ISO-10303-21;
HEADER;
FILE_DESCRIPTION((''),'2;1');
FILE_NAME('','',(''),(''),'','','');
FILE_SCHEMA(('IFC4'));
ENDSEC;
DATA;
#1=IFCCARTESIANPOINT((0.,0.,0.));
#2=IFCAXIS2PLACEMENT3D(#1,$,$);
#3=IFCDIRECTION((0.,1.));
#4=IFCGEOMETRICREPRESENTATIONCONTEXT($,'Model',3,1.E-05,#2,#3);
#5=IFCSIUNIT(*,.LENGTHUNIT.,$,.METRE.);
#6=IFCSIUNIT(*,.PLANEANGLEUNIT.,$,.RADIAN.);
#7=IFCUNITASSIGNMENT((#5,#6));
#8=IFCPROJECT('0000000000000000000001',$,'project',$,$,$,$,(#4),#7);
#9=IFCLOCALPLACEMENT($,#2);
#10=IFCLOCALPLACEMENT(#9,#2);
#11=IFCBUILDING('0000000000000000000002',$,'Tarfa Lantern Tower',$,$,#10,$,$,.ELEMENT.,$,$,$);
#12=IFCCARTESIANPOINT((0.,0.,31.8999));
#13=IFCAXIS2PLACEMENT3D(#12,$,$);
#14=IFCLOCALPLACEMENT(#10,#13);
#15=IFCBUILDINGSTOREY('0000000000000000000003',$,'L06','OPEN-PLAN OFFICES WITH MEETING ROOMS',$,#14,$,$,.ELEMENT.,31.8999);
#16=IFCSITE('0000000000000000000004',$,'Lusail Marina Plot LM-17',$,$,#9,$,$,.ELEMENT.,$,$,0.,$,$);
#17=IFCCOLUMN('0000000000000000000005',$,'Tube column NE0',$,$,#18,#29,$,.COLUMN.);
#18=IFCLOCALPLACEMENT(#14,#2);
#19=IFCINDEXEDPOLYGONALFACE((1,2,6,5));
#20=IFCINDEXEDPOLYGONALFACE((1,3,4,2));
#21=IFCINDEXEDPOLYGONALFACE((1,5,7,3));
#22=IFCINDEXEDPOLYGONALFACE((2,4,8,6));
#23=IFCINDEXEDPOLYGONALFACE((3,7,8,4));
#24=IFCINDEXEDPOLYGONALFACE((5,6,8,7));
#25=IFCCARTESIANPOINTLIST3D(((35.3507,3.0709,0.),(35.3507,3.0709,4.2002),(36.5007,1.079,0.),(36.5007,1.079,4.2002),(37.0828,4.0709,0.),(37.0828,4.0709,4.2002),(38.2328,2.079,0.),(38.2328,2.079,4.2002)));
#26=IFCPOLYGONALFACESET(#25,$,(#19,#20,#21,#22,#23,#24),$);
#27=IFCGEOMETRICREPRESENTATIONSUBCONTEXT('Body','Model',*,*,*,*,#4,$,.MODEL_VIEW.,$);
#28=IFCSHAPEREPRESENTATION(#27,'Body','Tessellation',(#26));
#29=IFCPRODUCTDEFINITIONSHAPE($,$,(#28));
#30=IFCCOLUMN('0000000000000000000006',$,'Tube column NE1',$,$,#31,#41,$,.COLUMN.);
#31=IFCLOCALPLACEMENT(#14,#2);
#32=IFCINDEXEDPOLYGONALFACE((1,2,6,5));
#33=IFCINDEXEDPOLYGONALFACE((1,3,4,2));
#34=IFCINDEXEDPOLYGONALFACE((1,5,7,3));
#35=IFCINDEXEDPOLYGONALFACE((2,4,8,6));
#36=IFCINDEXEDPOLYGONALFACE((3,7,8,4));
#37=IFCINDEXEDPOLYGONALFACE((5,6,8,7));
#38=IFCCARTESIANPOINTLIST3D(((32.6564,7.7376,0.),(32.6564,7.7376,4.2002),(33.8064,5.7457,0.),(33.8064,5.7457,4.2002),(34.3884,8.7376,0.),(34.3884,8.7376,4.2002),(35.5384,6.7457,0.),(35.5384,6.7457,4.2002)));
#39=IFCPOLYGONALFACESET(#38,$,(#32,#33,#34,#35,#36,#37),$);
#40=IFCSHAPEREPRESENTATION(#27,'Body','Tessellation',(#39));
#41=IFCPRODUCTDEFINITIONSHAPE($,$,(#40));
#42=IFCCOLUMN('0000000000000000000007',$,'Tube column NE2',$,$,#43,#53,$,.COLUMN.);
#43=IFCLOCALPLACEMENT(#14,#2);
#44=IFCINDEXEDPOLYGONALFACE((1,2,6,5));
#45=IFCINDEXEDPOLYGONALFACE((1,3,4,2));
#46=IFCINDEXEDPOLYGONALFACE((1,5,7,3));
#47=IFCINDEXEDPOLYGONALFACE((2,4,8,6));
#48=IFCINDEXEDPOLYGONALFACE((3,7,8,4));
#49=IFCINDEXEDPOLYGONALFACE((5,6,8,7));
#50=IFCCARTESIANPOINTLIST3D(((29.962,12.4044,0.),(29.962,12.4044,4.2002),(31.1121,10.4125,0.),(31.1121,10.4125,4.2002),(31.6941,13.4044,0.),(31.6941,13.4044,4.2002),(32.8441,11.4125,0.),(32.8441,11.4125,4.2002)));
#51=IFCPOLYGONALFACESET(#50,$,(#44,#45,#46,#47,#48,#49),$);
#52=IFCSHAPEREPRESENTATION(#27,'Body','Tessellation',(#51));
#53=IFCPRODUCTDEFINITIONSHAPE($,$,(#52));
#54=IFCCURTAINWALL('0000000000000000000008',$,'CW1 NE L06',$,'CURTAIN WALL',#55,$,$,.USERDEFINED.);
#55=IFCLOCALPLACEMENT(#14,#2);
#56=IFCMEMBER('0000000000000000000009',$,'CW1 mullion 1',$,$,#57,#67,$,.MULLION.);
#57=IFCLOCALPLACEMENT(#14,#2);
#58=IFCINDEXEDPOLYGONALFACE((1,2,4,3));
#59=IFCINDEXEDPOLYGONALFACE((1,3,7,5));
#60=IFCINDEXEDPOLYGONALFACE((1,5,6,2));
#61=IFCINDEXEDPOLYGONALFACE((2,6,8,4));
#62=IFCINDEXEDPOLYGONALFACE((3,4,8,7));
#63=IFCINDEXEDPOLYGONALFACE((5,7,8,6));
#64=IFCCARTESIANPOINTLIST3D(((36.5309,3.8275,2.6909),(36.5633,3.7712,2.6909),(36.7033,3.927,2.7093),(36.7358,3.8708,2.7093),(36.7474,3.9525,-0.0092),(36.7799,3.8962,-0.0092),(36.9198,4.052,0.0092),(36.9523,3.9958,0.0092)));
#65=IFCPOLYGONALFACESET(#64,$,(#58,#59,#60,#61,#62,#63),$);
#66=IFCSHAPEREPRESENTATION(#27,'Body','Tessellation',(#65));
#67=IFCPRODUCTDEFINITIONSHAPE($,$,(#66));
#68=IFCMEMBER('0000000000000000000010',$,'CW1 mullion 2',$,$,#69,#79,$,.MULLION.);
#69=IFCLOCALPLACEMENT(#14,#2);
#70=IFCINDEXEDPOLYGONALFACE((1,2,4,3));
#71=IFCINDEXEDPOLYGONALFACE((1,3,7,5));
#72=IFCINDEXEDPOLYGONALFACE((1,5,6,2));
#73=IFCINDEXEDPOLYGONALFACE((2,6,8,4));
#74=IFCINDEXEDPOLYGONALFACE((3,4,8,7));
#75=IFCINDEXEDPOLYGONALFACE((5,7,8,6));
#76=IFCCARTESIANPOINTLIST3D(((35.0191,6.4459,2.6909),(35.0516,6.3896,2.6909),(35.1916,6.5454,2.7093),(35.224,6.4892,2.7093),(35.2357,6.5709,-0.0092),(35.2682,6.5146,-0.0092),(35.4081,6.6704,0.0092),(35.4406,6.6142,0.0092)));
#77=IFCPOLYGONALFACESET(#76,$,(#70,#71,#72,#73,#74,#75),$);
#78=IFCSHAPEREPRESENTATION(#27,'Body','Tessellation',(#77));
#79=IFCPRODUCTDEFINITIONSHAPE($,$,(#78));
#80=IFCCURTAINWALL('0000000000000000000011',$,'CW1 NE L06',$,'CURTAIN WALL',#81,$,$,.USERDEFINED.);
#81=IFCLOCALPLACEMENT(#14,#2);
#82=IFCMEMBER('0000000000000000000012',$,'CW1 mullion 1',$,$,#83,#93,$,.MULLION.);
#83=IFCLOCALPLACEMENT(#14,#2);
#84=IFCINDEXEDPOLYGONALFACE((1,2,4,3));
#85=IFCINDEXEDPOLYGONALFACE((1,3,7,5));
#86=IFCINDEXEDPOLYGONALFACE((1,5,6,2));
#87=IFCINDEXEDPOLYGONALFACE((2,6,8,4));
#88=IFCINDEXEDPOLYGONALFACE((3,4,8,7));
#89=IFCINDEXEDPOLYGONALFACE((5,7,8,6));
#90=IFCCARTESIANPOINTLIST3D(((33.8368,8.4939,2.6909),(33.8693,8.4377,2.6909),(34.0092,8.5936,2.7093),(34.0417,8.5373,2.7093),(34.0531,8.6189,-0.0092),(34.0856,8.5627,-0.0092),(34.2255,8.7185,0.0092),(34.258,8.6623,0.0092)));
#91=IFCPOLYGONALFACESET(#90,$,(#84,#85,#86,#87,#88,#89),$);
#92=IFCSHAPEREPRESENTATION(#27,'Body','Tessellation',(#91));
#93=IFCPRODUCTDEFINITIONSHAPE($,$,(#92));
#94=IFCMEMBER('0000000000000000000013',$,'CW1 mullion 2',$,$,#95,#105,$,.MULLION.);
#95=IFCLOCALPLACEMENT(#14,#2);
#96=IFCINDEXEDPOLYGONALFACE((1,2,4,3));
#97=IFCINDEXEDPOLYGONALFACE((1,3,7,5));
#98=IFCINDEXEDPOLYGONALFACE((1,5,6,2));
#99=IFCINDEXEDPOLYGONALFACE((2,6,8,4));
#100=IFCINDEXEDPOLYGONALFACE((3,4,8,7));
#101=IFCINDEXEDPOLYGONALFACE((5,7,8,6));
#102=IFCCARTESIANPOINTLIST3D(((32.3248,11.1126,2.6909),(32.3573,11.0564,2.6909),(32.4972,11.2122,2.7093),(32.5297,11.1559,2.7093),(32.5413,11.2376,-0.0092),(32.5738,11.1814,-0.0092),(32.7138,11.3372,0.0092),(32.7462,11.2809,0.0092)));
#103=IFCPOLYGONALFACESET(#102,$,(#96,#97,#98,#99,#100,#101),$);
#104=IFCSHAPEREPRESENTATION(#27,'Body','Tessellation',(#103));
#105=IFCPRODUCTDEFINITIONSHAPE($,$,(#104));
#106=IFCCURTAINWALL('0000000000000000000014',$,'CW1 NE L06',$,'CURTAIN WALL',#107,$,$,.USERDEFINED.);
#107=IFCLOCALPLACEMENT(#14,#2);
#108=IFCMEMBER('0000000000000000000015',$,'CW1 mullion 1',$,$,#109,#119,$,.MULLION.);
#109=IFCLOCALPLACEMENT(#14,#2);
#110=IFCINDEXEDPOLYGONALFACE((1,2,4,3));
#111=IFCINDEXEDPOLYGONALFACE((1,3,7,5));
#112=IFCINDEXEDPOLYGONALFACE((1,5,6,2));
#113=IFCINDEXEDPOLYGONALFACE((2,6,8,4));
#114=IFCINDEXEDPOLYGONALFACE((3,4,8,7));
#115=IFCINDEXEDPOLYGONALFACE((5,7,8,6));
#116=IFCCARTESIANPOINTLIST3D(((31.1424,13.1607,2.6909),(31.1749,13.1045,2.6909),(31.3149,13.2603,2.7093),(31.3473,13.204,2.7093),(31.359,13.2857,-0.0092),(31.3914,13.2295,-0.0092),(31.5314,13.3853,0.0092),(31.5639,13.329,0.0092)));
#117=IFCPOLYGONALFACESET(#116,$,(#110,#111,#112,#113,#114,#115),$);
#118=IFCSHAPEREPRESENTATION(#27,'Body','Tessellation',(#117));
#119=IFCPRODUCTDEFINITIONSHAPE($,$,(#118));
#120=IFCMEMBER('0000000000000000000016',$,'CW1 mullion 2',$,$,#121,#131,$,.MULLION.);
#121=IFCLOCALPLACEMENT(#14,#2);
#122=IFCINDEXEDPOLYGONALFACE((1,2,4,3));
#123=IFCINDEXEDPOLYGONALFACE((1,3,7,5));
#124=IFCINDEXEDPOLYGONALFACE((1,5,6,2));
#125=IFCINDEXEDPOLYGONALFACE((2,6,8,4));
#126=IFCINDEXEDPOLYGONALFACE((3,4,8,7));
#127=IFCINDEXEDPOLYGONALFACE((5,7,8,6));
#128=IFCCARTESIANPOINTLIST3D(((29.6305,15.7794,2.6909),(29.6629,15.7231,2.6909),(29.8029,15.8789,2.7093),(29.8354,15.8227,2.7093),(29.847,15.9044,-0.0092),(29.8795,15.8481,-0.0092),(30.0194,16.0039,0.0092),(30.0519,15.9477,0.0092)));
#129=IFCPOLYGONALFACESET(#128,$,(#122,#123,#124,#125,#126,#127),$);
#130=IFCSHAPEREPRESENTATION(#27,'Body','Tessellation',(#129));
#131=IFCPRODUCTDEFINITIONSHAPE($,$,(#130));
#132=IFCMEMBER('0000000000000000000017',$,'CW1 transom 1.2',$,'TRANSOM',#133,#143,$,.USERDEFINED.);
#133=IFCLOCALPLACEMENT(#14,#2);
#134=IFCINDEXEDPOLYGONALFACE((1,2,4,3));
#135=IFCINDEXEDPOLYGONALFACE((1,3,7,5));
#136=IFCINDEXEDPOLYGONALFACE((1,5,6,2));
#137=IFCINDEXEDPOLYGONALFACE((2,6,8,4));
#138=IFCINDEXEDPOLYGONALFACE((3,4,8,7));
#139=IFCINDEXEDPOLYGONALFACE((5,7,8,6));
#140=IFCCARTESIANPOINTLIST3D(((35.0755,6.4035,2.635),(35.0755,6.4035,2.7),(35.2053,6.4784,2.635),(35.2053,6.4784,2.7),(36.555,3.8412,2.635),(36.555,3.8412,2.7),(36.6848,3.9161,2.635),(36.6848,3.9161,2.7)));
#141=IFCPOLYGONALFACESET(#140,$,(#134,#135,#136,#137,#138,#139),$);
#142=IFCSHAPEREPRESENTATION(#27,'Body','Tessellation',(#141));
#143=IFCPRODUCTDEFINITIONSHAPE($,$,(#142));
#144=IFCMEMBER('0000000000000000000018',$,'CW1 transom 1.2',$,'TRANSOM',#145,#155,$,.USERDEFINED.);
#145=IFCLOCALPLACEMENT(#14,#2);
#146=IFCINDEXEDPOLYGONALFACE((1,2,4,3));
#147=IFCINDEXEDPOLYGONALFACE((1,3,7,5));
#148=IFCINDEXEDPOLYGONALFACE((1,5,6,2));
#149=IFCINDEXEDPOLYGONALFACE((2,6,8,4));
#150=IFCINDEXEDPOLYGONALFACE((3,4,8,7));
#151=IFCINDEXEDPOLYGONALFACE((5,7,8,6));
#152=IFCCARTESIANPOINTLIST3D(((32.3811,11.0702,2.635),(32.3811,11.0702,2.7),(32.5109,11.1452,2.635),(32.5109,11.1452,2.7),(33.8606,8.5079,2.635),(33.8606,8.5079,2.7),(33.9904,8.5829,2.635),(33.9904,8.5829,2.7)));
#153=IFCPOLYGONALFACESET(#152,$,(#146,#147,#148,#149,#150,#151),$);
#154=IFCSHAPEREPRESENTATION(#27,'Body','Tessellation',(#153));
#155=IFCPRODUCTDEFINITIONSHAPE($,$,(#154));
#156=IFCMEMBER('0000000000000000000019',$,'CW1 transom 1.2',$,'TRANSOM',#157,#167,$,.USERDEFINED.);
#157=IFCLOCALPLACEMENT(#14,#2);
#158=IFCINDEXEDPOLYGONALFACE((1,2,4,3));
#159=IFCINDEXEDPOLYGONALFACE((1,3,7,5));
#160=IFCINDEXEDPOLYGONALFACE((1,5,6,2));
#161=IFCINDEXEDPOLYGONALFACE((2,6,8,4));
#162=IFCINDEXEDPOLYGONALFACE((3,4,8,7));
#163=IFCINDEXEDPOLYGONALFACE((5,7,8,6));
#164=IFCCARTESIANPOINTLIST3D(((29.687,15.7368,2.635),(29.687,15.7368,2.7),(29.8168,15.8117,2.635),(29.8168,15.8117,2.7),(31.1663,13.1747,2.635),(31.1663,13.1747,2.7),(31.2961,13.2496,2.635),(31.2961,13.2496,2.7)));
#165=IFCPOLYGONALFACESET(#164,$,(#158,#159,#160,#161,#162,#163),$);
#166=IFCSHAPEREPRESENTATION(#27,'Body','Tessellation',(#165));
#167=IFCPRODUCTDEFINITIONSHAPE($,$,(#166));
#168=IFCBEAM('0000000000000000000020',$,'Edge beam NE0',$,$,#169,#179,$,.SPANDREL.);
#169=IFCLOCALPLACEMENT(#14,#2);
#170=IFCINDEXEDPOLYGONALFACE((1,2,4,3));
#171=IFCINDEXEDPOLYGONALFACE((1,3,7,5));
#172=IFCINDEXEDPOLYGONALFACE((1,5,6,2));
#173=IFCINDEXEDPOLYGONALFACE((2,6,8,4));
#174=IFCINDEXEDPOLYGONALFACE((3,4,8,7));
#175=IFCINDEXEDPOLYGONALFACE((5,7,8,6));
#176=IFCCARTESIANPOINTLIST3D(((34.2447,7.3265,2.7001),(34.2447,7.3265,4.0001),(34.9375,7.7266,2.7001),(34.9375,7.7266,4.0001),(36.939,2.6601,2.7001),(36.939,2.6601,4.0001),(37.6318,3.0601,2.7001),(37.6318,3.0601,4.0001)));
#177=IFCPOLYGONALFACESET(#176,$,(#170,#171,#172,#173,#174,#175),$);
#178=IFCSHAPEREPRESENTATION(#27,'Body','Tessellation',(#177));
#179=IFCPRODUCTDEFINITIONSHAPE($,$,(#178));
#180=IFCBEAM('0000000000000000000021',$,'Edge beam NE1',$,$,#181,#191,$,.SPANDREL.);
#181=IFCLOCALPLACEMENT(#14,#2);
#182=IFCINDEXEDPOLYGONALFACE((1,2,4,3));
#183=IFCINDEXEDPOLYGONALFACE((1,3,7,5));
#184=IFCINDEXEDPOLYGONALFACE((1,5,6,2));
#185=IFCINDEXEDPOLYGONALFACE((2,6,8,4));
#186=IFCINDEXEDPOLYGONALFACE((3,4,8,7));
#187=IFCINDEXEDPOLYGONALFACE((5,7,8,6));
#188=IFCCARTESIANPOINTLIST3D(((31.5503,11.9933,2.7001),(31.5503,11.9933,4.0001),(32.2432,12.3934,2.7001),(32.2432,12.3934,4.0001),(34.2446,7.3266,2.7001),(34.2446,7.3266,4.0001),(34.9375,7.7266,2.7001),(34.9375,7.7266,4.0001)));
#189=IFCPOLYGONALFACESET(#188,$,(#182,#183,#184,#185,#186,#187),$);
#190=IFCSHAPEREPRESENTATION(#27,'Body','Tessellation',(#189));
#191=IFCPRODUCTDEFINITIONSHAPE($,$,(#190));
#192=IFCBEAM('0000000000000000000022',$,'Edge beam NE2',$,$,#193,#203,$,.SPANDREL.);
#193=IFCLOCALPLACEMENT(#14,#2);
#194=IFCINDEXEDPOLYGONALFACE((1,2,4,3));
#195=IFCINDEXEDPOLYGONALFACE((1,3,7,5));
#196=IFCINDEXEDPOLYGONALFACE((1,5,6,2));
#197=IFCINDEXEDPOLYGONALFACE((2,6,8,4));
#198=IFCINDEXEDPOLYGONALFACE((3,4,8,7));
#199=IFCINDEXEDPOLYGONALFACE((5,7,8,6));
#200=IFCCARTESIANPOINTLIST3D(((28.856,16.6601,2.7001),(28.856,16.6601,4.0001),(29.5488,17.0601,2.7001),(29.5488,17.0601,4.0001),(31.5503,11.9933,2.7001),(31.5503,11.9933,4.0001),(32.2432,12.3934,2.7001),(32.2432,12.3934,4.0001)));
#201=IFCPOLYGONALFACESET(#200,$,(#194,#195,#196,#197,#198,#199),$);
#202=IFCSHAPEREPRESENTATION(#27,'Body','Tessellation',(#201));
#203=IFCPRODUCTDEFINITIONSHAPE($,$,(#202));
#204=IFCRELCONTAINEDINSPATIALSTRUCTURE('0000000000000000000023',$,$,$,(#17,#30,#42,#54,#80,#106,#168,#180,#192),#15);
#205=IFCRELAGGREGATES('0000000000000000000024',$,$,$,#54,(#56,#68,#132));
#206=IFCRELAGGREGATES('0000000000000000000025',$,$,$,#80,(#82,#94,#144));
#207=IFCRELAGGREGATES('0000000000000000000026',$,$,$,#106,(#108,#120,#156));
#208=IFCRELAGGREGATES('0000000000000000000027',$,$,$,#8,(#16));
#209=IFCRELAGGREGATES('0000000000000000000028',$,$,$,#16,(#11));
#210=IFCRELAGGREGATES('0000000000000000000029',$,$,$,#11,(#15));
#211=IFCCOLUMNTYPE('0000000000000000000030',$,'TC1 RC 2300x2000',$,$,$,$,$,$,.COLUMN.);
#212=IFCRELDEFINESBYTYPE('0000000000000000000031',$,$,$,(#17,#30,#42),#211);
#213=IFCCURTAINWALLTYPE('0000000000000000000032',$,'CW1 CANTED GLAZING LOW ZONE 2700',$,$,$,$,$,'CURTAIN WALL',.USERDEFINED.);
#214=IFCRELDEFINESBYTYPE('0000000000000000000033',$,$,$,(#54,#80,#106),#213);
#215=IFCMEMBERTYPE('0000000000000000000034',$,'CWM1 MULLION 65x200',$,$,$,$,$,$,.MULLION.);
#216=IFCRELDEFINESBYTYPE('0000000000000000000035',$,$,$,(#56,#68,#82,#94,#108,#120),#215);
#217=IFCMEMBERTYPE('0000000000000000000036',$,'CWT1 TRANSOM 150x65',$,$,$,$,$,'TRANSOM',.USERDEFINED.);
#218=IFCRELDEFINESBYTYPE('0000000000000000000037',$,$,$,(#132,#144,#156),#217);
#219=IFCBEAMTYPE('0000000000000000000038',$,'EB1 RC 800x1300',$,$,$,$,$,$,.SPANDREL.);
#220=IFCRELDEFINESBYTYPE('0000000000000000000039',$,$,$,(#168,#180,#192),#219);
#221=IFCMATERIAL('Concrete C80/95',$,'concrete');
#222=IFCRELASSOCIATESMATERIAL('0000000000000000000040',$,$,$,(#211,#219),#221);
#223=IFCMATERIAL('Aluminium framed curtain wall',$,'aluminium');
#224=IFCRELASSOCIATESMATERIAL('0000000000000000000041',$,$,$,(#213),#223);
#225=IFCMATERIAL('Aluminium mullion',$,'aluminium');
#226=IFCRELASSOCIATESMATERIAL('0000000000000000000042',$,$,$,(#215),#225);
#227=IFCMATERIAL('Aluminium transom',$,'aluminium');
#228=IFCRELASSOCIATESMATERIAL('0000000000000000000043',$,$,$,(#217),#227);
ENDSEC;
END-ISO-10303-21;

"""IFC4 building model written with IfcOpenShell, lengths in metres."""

from ifc_helpers import new_model, si_unit, direction, frame, origin, origin_2d, place, context, subcontext, project, spatial, rectangle, extrude, material, material_profile, profile_set, type_object, element, aggregate, save


model = new_model("IFC4")

# Units and contexts
model_context = context("Model", 3, precision=1e-05, world=origin(), true_north=direction((0.0, 1.0)))
body_context = subcontext(model_context, "Body", "Model", "MODEL_VIEW")
ifc_project = project(units=[si_unit("LENGTHUNIT", "METRE"), si_unit("PLANEANGLEUNIT", "RADIAN")], contexts=[model_context])

# Site, building, storey
site_placement = place(None, origin())
site = spatial("IfcSite", under=ifc_project, at=site_placement, Name="Lusail Marina Plot LM-17", CompositionType="ELEMENT", RefElevation=0.0)
building_placement = place(site_placement, origin())
building = spatial("IfcBuilding", under=site, at=building_placement, Name="Tarfa Lantern Tower", CompositionType="ELEMENT")
storey_placement = place(building_placement, frame((0.0, 0.0, 31.8999)))
storey = spatial("IfcBuildingStorey", under=building, at=storey_placement, Name="L06", Description="OPEN-PLAN OFFICES WITH MEETING ROOMS", CompositionType="ELEMENT", Elevation=31.8999)

# Columns
ifc_material_1 = material(Name="Concrete C80/95", Category="concrete")
ifc_material_profile_1 = material_profile(ifc_material_1, rectangle(XDim=2.3, YDim=2.0, at=origin_2d()), Name="RC 2300x2000")
ifc_profile_set_1 = profile_set([ifc_material_profile_1], Name="Concrete C80/95")
column_type = type_object("IfcColumnType", Name="TC1 RC 2300x2000", PredefinedType="COLUMN", material=ifc_profile_set_1)
for number, where, z_axis, x_axis, name in (
    (1, (36.7917, 2.575, 0.0), (0.0, 0.0, 1.0), (-0.5, 0.866025, 0.0), "Tube column NE0"),
    (2, (34.0974, 7.2417, 0.0), (0.0, 0.0, 1.0), (-0.5, 0.866025, 0.0), "Tube column NE1"),
    (3, (31.4031, 11.9084, 0.0), (0.0, 0.0, 1.0), (-0.5, 0.866025, 0.0), "Tube column NE2"),
):
    element("IfcColumn", number, at=place(storey_placement, frame(where, z_axis=z_axis, x_axis=x_axis)), inside=storey, type_object=column_type, Name=name, PredefinedType="COLUMN", context=body_context, shape_type="SweptSolid", body=[
        extrude(rectangle(XDim=2.3, YDim=2.0, at=origin_2d()), origin(), (0.0, 0.0, 1.0), 4.2002),
    ])

# Curtain walls, members
ifc_material_2 = material(Name="Aluminium framed curtain wall", Category="aluminium")
curtain_wall_type = type_object("IfcCurtainWallType", Name="CW1 CANTED GLAZING LOW ZONE 2700", ElementType="CURTAIN WALL", PredefinedType="USERDEFINED", material=ifc_material_2)
curtain_wall_1_placement = place(storey_placement, origin())
curtain_wall_1 = element("IfcCurtainWall", 4, at=curtain_wall_1_placement, inside=storey, type_object=curtain_wall_type, Name="CW1 NE L06", ObjectType="CURTAIN WALL", PredefinedType="USERDEFINED")
ifc_material_3 = material(Name="Aluminium mullion", Category="aluminium")
ifc_material_profile_2 = material_profile(ifc_material_3, rectangle(XDim=0.0649, YDim=0.2, at=origin_2d()), Name="AL MULLION 65x200")
ifc_profile_set_2 = profile_set([ifc_material_profile_2], Name="Aluminium mullion")
member_type_1 = type_object("IfcMemberType", Name="CWM1 MULLION 65x200", PredefinedType="MULLION", material=ifc_profile_set_2)
member_1_placement = place(storey_placement, frame((36.8499, 3.9741, 0.0), z_axis=(-0.079857, -0.046096, 0.99574), x_axis=(0.49992, -0.866072, 0.0)))
member_1 = element("IfcMember", 5, at=member_1_placement, type_object=member_type_1, Name="CW1 mullion 1", PredefinedType="MULLION", context=body_context, shape_type="SweptSolid", body=[
    extrude(rectangle(XDim=0.0649, YDim=0.2, at=origin_2d()), origin(), (0.0, 0.0, 1.0), 2.7117),
])
member_2_placement = place(storey_placement, frame((35.3381, 6.5925, 0.0), z_axis=(-0.079857, -0.046096, 0.99574), x_axis=(0.49992, -0.866072, 0.0)))
member_2 = element("IfcMember", 6, at=member_2_placement, type_object=member_type_1, Name="CW1 mullion 2", PredefinedType="MULLION", context=body_context, shape_type="SweptSolid", body=[
    extrude(rectangle(XDim=0.0649, YDim=0.2, at=origin_2d()), origin(), (0.0, 0.0, 1.0), 2.7117),
])
curtain_wall_2_placement = place(storey_placement, origin())
curtain_wall_2 = element("IfcCurtainWall", 7, at=curtain_wall_2_placement, inside=storey, type_object=curtain_wall_type, Name="CW1 NE L06", ObjectType="CURTAIN WALL", PredefinedType="USERDEFINED")
member_3_placement = place(storey_placement, frame((34.1555, 8.6406, 0.0), z_axis=(-0.079768, -0.046096, 0.995747), x_axis=(0.500343, -0.865827, 0.0)))
member_3 = element("IfcMember", 8, at=member_3_placement, type_object=member_type_1, Name="CW1 mullion 1", PredefinedType="MULLION", context=body_context, shape_type="SweptSolid", body=[
    extrude(rectangle(XDim=0.0649, YDim=0.2, at=origin_2d()), origin(), (0.0, 0.0, 1.0), 2.7117),
])
member_4_placement = place(storey_placement, frame((32.6438, 11.2593, 0.0), z_axis=(-0.079857, -0.046096, 0.99574), x_axis=(0.49992, -0.866072, 0.0)))
member_4 = element("IfcMember", 9, at=member_4_placement, type_object=member_type_1, Name="CW1 mullion 2", PredefinedType="MULLION", context=body_context, shape_type="SweptSolid", body=[
    extrude(rectangle(XDim=0.0649, YDim=0.2, at=origin_2d()), origin(), (0.0, 0.0, 1.0), 2.7117),
])
curtain_wall_3_placement = place(storey_placement, origin())
curtain_wall_3 = element("IfcCurtainWall", 10, at=curtain_wall_3_placement, inside=storey, type_object=curtain_wall_type, Name="CW1 NE L06", ObjectType="CURTAIN WALL", PredefinedType="USERDEFINED")
member_5_placement = place(storey_placement, frame((31.4614, 13.3074, 0.0), z_axis=(-0.079857, -0.046096, 0.99574), x_axis=(0.49992, -0.866072, 0.0)))
member_5 = element("IfcMember", 11, at=member_5_placement, type_object=member_type_1, Name="CW1 mullion 1", PredefinedType="MULLION", context=body_context, shape_type="SweptSolid", body=[
    extrude(rectangle(XDim=0.0649, YDim=0.2, at=origin_2d()), origin(), (0.0, 0.0, 1.0), 2.7117),
])
member_6_placement = place(storey_placement, frame((29.9495, 15.926, 0.0), z_axis=(-0.079857, -0.046096, 0.99574), x_axis=(0.49992, -0.866072, 0.0)))
member_6 = element("IfcMember", 12, at=member_6_placement, type_object=member_type_1, Name="CW1 mullion 2", PredefinedType="MULLION", context=body_context, shape_type="SweptSolid", body=[
    extrude(rectangle(XDim=0.0649, YDim=0.2, at=origin_2d()), origin(), (0.0, 0.0, 1.0), 2.7117),
])

# Members
ifc_material_4 = material(Name="Aluminium transom", Category="aluminium")
ifc_material_profile_3 = material_profile(ifc_material_4, rectangle(XDim=0.1499, YDim=0.0649, at=origin_2d()), Name="AL TRANSOM 150x65")
ifc_profile_set_3 = profile_set([ifc_material_profile_3], Name="Aluminium transom")
member_type_2 = type_object("IfcMemberType", Name="CWT1 TRANSOM 150x65", ElementType="TRANSOM", PredefinedType="USERDEFINED", material=ifc_profile_set_3)
member_7_placement = place(storey_placement, frame((36.6199, 3.8787, 2.6675), z_axis=(-0.500044, 0.866, 0.0), x_axis=(-0.866, -0.500044, 0.0)))
member_7 = element("IfcMember", 13, at=member_7_placement, type_object=member_type_2, Name="CW1 transom 1.2", ObjectType="TRANSOM", PredefinedType="USERDEFINED", context=body_context, shape_type="SweptSolid", body=[
    extrude(rectangle(XDim=0.1499, YDim=0.0649, at=origin_2d()), origin(), (0.0, 0.0, 1.0), 2.9587),
])
member_8_placement = place(storey_placement, frame((33.9255, 8.5454, 2.6675), z_axis=(-0.500044, 0.866, 0.0), x_axis=(-0.866, -0.500044, 0.0)))
member_8 = element("IfcMember", 14, at=member_8_placement, type_object=member_type_2, Name="CW1 transom 1.2", ObjectType="TRANSOM", PredefinedType="USERDEFINED", context=body_context, shape_type="SweptSolid", body=[
    extrude(rectangle(XDim=0.1499, YDim=0.0649, at=origin_2d()), origin(), (0.0, 0.0, 1.0), 2.9587),
])
member_9_placement = place(storey_placement, frame((31.2312, 13.2122, 2.6675), z_axis=(-0.500018, 0.866015, 0.0), x_axis=(-0.866015, -0.500018, 0.0)))
member_9 = element("IfcMember", 15, at=member_9_placement, type_object=member_type_2, Name="CW1 transom 1.2", ObjectType="TRANSOM", PredefinedType="USERDEFINED", context=body_context, shape_type="SweptSolid", body=[
    extrude(rectangle(XDim=0.1499, YDim=0.0649, at=origin_2d()), origin(), (0.0, 0.0, 1.0), 2.9585),
])

# Beams
ifc_material_profile_4 = material_profile(ifc_material_1, rectangle(XDim=0.8, YDim=1.3, at=origin_2d()), Name="RC 800x1300")
ifc_profile_set_4 = profile_set([ifc_material_profile_4], Name="Concrete C80/95")
beam_type_1 = type_object("IfcBeamType", Name="EB1 RC 800x1300", PredefinedType="SPANDREL", material=ifc_profile_set_4)
beam_1_placement = place(storey_placement, frame((37.2854, 2.8601, 3.3501), z_axis=(-0.500018, 0.866015, 0.0), x_axis=(-0.866015, -0.500018, 0.0)))
element("IfcBeam", 16, at=beam_1_placement, inside=storey, type_object=beam_type_1, Name="Edge beam NE0", PredefinedType="SPANDREL", context=body_context, shape_type="SweptSolid", body=[
    extrude(rectangle(XDim=0.8, YDim=1.3, at=origin_2d()), origin(), (0.0, 0.0, 1.0), 5.3884),
])
for number, where, z_axis, x_axis, name in (
    (17, (34.5911, 7.5266, 3.3501), (-0.499998, 0.866026, 0.0), (-0.866026, -0.499998, 0.0), "Edge beam NE1"),
    (18, (31.8967, 12.1934, 3.3501), (-0.499998, 0.866026, 0.0), (-0.866026, -0.499998, 0.0), "Edge beam NE2"),
):
    element("IfcBeam", number, at=place(storey_placement, frame(where, z_axis=z_axis, x_axis=x_axis)), inside=storey, type_object=beam_type_1, Name=name, PredefinedType="SPANDREL", context=body_context, shape_type="SweptSolid", body=[
        extrude(rectangle(XDim=0.8, YDim=1.3, at=origin_2d()), origin(), (0.0, 0.0, 1.0), 5.3887),
    ])

aggregate(curtain_wall_1, [member_1, member_2, member_7])
aggregate(curtain_wall_2, [member_3, member_4, member_8])
aggregate(curtain_wall_3, [member_5, member_6, member_9])

save(model, "model.ifc")
